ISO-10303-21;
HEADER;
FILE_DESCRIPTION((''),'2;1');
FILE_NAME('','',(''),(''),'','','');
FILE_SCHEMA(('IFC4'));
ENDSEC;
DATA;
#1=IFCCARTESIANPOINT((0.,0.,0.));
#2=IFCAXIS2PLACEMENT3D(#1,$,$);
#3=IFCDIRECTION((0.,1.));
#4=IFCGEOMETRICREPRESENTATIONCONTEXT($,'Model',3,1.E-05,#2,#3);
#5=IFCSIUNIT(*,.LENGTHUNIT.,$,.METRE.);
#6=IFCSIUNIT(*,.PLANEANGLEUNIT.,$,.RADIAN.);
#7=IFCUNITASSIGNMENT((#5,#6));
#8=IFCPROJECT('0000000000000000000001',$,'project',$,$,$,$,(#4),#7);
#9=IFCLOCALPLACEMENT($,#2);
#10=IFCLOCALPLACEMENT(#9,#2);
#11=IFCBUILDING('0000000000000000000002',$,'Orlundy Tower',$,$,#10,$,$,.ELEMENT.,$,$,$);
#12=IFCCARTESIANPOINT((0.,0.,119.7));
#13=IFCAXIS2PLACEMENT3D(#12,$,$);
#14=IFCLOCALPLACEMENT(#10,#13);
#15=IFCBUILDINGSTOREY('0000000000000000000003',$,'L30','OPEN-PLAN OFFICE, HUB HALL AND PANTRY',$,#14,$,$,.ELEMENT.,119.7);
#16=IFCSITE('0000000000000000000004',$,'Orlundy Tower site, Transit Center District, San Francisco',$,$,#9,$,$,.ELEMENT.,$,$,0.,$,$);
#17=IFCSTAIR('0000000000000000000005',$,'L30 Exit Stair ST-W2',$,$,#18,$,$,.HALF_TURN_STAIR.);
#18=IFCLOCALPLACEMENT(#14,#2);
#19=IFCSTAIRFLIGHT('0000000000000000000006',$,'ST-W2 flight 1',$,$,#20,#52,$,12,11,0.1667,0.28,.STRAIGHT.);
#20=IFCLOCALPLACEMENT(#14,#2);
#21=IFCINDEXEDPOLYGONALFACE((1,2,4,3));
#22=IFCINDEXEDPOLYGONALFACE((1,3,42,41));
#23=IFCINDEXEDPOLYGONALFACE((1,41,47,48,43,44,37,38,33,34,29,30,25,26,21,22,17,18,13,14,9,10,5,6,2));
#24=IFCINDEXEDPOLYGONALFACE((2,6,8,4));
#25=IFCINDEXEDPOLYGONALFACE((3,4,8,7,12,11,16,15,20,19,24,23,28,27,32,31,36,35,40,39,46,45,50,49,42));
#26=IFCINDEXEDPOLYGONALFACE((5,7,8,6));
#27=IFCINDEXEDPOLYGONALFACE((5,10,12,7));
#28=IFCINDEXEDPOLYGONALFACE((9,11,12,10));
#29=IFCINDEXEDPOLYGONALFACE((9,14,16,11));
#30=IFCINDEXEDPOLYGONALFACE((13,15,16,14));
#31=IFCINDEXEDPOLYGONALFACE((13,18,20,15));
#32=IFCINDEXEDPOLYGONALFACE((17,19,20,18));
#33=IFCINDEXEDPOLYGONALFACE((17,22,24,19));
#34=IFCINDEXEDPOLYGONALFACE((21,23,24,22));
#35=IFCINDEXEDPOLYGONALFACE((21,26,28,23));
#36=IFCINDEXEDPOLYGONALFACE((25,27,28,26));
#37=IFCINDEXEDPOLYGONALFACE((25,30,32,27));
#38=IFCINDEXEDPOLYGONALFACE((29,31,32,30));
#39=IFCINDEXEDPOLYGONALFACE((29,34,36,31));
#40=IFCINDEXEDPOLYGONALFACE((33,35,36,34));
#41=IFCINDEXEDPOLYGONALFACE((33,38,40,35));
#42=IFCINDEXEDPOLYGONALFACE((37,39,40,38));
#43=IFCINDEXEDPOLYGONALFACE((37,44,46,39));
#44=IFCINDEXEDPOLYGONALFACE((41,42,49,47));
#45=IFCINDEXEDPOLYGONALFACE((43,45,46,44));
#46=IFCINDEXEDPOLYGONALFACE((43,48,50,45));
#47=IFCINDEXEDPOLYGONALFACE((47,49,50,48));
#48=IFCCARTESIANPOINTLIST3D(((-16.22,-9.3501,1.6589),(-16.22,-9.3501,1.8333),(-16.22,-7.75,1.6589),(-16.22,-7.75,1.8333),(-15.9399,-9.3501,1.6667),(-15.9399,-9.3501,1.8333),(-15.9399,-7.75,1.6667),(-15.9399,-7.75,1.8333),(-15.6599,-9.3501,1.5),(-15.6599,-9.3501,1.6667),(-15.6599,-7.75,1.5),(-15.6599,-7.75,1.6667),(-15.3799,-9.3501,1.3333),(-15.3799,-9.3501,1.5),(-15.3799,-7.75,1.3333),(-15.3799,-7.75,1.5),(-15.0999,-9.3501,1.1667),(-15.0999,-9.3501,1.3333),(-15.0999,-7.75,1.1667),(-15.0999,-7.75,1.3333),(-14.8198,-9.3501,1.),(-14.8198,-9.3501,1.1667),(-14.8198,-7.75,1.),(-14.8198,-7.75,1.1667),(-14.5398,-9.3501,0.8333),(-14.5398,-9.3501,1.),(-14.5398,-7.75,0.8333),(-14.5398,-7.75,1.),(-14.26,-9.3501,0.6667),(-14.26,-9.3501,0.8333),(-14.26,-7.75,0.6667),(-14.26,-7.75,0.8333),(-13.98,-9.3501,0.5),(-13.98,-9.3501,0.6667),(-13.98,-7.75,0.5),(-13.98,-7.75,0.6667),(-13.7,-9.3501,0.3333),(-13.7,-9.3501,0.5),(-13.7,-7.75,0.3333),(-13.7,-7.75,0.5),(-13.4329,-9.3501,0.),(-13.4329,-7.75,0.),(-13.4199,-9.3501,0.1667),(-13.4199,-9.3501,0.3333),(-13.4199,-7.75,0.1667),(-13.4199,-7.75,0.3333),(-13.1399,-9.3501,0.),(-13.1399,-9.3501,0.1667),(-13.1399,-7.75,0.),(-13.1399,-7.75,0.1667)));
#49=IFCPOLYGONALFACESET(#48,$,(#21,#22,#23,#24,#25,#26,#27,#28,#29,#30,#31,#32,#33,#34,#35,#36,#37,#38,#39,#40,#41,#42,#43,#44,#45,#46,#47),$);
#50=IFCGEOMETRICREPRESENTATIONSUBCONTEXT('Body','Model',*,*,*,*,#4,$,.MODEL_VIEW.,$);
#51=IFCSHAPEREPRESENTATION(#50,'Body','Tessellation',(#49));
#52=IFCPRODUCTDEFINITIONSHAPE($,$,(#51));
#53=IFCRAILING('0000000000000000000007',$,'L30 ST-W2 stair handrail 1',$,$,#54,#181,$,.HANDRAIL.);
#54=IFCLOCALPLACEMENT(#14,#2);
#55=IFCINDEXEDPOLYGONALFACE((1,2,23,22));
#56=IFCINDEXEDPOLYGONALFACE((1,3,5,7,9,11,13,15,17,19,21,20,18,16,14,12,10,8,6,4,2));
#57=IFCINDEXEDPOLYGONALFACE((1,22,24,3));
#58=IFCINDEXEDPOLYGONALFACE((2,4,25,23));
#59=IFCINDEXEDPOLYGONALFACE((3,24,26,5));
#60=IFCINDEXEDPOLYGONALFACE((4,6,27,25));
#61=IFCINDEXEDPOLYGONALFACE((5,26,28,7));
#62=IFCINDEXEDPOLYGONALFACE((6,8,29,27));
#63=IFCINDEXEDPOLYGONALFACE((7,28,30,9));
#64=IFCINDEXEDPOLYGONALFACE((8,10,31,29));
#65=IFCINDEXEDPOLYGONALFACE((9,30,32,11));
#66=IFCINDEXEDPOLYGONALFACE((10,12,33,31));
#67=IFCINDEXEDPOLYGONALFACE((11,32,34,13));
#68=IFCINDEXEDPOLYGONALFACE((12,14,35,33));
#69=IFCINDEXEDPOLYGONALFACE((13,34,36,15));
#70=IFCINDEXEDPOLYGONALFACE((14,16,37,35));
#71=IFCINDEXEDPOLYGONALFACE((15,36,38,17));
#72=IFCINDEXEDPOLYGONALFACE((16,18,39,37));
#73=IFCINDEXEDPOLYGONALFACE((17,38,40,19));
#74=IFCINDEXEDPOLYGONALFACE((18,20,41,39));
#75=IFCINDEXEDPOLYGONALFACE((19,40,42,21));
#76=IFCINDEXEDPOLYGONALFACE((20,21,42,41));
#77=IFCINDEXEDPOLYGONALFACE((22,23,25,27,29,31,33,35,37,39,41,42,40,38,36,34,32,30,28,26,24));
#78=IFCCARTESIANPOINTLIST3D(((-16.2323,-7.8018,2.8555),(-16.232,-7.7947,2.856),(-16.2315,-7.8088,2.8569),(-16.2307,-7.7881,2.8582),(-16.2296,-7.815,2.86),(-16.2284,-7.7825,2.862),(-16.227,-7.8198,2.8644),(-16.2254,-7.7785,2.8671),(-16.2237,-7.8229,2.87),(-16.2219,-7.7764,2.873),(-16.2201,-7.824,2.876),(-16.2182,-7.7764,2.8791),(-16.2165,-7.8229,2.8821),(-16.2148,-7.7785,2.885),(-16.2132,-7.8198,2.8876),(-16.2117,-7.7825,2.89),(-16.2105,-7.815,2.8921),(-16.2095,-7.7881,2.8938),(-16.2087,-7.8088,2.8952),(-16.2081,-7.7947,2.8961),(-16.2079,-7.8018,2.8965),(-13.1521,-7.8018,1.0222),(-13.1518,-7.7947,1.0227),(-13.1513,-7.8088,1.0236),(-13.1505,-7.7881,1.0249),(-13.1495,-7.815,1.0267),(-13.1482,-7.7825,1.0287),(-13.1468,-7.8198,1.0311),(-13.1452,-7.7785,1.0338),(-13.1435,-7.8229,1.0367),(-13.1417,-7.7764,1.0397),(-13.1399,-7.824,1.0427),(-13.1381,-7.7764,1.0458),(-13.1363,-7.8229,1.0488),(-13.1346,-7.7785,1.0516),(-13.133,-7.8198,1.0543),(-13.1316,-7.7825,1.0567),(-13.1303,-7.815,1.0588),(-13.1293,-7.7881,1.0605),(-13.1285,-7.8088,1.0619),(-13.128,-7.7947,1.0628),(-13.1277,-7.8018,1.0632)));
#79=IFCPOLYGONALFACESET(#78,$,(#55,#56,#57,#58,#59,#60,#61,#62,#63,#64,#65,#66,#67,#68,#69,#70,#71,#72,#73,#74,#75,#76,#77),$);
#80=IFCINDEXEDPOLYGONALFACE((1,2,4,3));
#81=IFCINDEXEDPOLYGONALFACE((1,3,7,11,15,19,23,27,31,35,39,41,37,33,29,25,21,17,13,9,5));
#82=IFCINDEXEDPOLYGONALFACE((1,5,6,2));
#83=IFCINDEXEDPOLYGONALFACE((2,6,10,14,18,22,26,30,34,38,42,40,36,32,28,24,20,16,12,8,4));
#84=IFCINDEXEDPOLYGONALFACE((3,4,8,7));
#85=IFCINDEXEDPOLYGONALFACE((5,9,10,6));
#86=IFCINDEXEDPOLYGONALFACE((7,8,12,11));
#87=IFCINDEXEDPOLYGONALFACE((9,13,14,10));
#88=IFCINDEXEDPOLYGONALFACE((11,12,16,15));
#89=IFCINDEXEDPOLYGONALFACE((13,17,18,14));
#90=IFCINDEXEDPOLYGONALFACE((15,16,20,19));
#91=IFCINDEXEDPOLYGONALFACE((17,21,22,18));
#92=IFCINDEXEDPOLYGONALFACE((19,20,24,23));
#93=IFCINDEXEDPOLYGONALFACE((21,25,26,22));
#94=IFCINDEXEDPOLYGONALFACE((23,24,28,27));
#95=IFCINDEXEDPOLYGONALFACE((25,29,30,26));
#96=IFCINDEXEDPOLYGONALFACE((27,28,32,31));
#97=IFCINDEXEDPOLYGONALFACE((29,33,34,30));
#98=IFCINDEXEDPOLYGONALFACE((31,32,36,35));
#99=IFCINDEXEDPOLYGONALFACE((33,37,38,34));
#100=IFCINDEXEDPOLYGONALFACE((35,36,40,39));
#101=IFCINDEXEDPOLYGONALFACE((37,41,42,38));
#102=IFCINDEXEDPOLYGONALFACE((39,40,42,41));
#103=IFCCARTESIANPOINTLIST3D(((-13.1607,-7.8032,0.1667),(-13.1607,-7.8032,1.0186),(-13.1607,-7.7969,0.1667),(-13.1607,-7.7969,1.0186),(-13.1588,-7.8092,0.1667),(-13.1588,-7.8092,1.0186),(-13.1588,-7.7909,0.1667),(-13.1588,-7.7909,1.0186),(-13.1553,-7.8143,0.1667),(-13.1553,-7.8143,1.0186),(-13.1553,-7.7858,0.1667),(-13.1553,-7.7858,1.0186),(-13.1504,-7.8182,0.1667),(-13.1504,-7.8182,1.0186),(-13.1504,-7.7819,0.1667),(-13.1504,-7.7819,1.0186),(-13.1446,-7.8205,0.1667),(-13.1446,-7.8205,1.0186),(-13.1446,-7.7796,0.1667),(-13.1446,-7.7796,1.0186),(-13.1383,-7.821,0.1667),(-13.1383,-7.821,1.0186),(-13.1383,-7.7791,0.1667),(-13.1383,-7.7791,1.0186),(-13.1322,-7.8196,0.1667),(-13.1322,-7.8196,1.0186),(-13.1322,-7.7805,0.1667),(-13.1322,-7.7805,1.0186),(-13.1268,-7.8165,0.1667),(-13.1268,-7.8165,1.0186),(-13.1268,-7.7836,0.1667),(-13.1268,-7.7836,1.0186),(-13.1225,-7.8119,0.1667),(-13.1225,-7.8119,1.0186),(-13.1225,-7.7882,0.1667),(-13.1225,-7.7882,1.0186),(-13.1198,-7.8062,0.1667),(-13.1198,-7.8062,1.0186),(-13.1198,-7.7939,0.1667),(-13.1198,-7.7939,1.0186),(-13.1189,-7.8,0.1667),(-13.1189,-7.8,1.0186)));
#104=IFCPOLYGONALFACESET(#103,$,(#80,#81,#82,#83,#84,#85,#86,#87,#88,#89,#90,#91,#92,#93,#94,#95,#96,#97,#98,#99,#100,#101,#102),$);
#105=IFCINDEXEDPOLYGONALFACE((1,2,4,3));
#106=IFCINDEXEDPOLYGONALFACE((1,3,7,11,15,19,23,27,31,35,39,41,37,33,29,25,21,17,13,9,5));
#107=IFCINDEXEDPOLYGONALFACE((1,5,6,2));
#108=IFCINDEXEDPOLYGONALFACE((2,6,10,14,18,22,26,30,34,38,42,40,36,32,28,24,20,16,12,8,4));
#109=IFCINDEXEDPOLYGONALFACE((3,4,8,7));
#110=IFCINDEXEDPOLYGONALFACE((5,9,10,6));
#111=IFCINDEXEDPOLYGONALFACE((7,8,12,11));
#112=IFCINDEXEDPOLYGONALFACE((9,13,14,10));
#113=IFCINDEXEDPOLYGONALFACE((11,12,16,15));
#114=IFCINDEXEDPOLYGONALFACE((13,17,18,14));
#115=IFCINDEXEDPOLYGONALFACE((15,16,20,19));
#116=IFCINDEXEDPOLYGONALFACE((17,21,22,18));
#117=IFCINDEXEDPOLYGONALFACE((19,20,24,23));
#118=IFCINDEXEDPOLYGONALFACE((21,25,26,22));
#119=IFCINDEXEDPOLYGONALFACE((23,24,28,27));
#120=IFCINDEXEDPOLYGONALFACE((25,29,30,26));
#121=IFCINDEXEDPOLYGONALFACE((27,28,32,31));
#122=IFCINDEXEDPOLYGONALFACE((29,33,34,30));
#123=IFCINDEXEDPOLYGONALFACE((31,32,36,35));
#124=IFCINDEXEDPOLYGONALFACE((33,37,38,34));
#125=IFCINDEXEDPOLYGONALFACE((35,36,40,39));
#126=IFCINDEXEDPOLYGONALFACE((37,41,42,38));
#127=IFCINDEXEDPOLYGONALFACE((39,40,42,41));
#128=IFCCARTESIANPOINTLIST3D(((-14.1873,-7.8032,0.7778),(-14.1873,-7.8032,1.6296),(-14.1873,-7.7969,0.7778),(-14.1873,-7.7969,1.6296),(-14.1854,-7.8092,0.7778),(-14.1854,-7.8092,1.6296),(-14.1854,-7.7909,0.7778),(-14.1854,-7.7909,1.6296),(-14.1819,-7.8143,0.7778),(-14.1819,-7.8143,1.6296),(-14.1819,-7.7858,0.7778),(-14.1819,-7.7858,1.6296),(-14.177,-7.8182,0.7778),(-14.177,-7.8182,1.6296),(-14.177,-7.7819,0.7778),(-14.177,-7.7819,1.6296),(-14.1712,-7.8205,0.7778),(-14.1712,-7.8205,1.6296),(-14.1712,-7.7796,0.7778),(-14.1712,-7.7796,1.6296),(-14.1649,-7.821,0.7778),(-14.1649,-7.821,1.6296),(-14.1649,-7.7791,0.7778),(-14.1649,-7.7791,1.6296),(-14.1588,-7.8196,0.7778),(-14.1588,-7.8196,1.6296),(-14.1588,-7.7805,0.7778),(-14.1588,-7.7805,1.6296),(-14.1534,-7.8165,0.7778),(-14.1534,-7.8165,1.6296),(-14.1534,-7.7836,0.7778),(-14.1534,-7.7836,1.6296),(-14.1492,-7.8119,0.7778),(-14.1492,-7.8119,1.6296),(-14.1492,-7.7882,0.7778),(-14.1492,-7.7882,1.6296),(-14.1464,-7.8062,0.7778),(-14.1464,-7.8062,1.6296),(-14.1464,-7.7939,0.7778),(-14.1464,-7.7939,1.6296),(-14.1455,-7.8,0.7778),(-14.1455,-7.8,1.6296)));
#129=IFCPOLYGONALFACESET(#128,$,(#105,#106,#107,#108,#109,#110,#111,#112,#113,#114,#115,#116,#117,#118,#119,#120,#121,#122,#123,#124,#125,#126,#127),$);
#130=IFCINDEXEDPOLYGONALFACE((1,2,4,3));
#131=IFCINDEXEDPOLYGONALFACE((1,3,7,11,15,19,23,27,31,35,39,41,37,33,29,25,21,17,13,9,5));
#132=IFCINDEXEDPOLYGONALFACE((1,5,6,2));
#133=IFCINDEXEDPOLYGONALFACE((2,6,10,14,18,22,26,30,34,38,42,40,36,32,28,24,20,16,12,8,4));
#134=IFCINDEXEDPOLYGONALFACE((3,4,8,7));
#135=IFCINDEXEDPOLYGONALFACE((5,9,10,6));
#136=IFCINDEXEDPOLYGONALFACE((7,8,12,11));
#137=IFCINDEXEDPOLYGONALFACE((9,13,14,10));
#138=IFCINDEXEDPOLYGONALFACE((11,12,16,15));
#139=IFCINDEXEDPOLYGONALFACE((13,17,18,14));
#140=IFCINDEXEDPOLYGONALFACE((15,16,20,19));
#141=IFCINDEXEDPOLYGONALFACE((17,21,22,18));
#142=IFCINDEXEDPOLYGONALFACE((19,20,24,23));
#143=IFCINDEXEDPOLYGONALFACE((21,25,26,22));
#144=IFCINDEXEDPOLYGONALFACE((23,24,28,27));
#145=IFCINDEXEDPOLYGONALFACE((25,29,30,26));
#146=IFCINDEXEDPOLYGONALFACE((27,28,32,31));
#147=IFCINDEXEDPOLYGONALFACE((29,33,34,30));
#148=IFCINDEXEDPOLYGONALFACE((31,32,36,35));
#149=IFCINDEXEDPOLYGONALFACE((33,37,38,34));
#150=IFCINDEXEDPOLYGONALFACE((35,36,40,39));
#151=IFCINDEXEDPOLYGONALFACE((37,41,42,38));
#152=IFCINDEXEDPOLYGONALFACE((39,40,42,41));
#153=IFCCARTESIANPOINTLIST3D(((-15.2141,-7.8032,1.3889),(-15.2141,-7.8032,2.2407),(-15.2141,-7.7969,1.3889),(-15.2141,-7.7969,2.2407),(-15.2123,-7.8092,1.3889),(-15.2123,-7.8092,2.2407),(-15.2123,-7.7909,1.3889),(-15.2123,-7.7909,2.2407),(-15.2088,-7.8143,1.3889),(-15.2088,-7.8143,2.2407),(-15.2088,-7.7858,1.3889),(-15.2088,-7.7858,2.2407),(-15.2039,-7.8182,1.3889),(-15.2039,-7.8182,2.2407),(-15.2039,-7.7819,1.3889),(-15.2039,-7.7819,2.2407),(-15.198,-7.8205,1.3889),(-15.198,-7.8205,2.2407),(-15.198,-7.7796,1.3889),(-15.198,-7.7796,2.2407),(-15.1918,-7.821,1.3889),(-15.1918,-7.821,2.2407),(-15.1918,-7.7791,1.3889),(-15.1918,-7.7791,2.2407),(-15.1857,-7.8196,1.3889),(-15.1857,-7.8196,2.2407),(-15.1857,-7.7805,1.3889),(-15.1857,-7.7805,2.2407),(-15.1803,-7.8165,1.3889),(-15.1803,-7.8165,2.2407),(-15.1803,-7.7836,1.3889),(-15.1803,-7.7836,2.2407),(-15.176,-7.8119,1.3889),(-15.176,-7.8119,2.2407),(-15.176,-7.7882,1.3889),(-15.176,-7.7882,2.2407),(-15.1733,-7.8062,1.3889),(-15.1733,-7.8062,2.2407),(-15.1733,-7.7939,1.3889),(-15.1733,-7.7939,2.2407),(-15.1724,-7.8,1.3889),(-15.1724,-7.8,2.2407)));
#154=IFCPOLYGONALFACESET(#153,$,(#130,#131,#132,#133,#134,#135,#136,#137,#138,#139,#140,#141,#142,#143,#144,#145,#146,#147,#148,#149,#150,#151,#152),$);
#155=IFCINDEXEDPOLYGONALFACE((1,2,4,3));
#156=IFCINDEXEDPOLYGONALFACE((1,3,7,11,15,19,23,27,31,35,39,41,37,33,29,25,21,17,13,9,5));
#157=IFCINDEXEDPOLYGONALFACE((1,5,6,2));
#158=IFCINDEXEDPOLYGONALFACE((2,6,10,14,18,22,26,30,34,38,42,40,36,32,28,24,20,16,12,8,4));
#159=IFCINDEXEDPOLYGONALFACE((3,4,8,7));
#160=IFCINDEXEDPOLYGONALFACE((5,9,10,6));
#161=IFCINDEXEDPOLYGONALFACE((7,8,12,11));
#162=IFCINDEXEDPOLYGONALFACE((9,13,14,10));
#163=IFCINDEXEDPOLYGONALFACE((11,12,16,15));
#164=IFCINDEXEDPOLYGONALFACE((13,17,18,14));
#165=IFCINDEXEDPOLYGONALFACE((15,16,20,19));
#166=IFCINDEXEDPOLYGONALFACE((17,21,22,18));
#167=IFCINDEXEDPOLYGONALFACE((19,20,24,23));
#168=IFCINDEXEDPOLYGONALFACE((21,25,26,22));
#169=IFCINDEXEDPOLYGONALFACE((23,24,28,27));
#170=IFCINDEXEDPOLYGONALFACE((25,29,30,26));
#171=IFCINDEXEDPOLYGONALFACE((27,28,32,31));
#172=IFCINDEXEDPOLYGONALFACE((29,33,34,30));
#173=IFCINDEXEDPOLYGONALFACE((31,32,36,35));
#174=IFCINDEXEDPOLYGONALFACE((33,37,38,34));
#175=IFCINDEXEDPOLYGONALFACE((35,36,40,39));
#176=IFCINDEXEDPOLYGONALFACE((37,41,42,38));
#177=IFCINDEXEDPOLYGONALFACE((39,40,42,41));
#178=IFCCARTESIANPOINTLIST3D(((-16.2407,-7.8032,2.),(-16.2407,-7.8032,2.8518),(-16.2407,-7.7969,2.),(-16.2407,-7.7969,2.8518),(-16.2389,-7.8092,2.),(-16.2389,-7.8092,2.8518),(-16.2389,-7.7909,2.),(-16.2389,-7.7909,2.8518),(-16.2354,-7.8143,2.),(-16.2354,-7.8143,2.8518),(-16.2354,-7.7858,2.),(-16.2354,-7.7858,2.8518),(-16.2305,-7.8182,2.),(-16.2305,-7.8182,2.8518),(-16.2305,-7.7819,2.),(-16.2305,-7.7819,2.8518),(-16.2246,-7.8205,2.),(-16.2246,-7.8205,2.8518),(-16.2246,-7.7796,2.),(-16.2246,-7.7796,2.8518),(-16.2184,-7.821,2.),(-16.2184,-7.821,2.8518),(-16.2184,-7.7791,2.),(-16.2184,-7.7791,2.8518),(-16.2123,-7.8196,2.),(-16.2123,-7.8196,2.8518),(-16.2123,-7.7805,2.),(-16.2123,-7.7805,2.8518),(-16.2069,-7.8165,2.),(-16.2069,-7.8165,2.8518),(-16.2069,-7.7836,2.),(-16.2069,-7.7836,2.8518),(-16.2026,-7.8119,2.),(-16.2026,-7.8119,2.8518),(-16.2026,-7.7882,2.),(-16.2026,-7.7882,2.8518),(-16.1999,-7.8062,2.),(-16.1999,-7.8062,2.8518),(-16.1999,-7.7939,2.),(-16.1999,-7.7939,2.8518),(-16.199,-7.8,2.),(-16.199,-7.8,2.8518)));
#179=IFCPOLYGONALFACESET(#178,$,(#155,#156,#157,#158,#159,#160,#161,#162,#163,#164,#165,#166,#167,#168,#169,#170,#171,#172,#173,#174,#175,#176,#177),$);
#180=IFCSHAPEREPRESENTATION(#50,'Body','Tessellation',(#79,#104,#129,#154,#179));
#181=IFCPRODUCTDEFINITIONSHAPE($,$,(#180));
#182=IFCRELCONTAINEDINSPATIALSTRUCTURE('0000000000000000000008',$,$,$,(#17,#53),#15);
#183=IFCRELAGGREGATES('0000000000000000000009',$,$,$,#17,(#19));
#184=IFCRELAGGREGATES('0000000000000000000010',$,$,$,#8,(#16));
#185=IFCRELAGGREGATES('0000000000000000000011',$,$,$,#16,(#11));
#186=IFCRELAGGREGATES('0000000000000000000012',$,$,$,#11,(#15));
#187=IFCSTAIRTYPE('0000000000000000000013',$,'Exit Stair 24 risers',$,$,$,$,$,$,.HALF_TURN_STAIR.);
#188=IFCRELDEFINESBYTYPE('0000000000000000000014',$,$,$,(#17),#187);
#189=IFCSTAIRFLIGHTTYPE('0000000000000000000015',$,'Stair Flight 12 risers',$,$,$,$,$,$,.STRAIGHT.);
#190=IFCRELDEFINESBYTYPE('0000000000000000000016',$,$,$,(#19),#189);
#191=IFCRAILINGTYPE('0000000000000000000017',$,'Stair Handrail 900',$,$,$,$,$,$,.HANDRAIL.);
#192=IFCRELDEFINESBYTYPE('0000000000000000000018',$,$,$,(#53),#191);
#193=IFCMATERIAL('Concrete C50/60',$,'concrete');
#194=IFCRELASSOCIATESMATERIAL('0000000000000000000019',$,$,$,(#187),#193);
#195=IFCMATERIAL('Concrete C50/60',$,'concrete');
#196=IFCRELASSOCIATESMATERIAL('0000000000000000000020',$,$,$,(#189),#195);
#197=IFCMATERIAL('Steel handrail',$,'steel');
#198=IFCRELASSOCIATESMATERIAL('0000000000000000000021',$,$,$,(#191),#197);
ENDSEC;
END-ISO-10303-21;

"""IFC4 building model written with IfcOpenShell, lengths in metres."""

from ifc_helpers import new_model, si_unit, direction, frame, origin, origin_2d, place, context, subcontext, project, spatial, polyline, circle, outline, extrude, material, type_object, element, aggregate, save


model = new_model("IFC4")

# Units and contexts
model_context = context("Model", 3, precision=1e-05, world=origin(), true_north=direction((0.0, 1.0)))
body_context = subcontext(model_context, "Body", "Model", "MODEL_VIEW")
ifc_project = project(units=[si_unit("LENGTHUNIT", "METRE"), si_unit("PLANEANGLEUNIT", "RADIAN")], contexts=[model_context])

# Site, building, storey
site_placement = place(None, origin())
site = spatial("IfcSite", under=ifc_project, at=site_placement, Name="Orlundy Tower site, Transit Center District, San Francisco", CompositionType="ELEMENT", RefElevation=0.0)
building_placement = place(site_placement, origin())
building = spatial("IfcBuilding", under=site, at=building_placement, Name="Orlundy Tower", CompositionType="ELEMENT")
storey_placement = place(building_placement, frame((0.0, 0.0, 119.7)))
storey = spatial("IfcBuildingStorey", under=building, at=storey_placement, Name="L30", Description="OPEN-PLAN OFFICE, HUB HALL AND PANTRY", CompositionType="ELEMENT", Elevation=119.7)

# Stair, stair flight
ifc_material_1 = material(Name="Concrete C50/60", Category="concrete")
stair_type = type_object("IfcStairType", Name="Exit Stair 24 risers", PredefinedType="HALF_TURN_STAIR", material=ifc_material_1)
stair_placement = place(storey_placement, origin())
stair = element("IfcStair", 1, at=stair_placement, inside=storey, type_object=stair_type, Name="L30 Exit Stair ST-W2", PredefinedType="HALF_TURN_STAIR")
ifc_material_2 = material(Name="Concrete C50/60", Category="concrete")
stair_flight_type = type_object("IfcStairFlightType", Name="Stair Flight 12 risers", PredefinedType="STRAIGHT", material=ifc_material_2)
stair_flight_placement = place(storey_placement, frame((-13.1399, -8.55, 0.0), z_axis=(0.0, 0.0, 1.0), x_axis=(-1.0, 0.0, 0.0)))
stair_flight = element("IfcStairFlight", 2, at=stair_flight_placement, type_object=stair_flight_type, Name="ST-W2 flight 1", NumberOfRisers=12, NumberOfTreads=11, PredefinedType="STRAIGHT", RiserHeight=0.1667, TreadLength=0.28, context=body_context, shape_type="SweptSolid", body=[
    extrude(outline(polyline([(0.0, 0.0), (0.0, 0.1667), (0.28, 0.1667), (0.28, 0.3333), (0.5601, 0.3333), (0.5601, 0.5), (0.8401, 0.5), (0.8401, 0.6667), (1.1201, 0.6667), (1.1201, 0.8333), (1.3999, 0.8333), (1.3999, 1.0), (1.6799, 1.0), (1.6799, 1.1667), (1.96, 1.1667), (1.96, 1.3333), (2.24, 1.3333), (2.24, 1.5), (2.52, 1.5), (2.52, 1.6667), (2.8, 1.6667), (2.8, 1.8333), (3.0801, 1.8333), (3.0801, 2.0), (3.0801, 1.6589), (0.293, 0.0), (0.0, 0.0)])), frame((0.0, 0.8, 0.0), z_axis=(0.0, -1.0, 0.0), x_axis=(1.0, 0.0, 0.0)), (0.0, 0.0, 1.0), 1.6001),
])
aggregate(stair, [stair_flight])

# Railing
ifc_material_3 = material(Name="Steel handrail", Category="steel")
railing_type = type_object("IfcRailingType", Name="Stair Handrail 900", PredefinedType="HANDRAIL", material=ifc_material_3)
railing_placement = place(storey_placement, frame((-13.1399, -7.8, 0.1667)))
element("IfcRailing", 3, at=railing_placement, inside=storey, type_object=railing_type, Name="L30 ST-W2 stair handrail 1", PredefinedType="HANDRAIL", context=body_context, shape_type="SweptSolid", body=[
    extrude(circle(Radius=0.0239, at=origin_2d()), frame((0.0, 0.0, 0.876), z_axis=(-0.859309, 0.0, 0.511458), x_axis=(0.0, -1.0, 0.0)), (0.0, 0.0, 1.0), 3.5845),
    extrude(circle(Radius=0.021, at=origin_2d()), origin(), (0.0, 0.0, 1.0), 0.8518),
    extrude(circle(Radius=0.021, at=origin_2d()), frame((-1.0266, 0.0, 0.6111)), (0.0, 0.0, 1.0), 0.8518),
    extrude(circle(Radius=0.021, at=origin_2d()), frame((-2.0535, 0.0, 1.2222)), (0.0, 0.0, 1.0), 0.8518),
    extrude(circle(Radius=0.021, at=origin_2d()), frame((-3.0801, 0.0, 1.8333)), (0.0, 0.0, 1.0), 0.8518),
])

save(model, "model.ifc")
